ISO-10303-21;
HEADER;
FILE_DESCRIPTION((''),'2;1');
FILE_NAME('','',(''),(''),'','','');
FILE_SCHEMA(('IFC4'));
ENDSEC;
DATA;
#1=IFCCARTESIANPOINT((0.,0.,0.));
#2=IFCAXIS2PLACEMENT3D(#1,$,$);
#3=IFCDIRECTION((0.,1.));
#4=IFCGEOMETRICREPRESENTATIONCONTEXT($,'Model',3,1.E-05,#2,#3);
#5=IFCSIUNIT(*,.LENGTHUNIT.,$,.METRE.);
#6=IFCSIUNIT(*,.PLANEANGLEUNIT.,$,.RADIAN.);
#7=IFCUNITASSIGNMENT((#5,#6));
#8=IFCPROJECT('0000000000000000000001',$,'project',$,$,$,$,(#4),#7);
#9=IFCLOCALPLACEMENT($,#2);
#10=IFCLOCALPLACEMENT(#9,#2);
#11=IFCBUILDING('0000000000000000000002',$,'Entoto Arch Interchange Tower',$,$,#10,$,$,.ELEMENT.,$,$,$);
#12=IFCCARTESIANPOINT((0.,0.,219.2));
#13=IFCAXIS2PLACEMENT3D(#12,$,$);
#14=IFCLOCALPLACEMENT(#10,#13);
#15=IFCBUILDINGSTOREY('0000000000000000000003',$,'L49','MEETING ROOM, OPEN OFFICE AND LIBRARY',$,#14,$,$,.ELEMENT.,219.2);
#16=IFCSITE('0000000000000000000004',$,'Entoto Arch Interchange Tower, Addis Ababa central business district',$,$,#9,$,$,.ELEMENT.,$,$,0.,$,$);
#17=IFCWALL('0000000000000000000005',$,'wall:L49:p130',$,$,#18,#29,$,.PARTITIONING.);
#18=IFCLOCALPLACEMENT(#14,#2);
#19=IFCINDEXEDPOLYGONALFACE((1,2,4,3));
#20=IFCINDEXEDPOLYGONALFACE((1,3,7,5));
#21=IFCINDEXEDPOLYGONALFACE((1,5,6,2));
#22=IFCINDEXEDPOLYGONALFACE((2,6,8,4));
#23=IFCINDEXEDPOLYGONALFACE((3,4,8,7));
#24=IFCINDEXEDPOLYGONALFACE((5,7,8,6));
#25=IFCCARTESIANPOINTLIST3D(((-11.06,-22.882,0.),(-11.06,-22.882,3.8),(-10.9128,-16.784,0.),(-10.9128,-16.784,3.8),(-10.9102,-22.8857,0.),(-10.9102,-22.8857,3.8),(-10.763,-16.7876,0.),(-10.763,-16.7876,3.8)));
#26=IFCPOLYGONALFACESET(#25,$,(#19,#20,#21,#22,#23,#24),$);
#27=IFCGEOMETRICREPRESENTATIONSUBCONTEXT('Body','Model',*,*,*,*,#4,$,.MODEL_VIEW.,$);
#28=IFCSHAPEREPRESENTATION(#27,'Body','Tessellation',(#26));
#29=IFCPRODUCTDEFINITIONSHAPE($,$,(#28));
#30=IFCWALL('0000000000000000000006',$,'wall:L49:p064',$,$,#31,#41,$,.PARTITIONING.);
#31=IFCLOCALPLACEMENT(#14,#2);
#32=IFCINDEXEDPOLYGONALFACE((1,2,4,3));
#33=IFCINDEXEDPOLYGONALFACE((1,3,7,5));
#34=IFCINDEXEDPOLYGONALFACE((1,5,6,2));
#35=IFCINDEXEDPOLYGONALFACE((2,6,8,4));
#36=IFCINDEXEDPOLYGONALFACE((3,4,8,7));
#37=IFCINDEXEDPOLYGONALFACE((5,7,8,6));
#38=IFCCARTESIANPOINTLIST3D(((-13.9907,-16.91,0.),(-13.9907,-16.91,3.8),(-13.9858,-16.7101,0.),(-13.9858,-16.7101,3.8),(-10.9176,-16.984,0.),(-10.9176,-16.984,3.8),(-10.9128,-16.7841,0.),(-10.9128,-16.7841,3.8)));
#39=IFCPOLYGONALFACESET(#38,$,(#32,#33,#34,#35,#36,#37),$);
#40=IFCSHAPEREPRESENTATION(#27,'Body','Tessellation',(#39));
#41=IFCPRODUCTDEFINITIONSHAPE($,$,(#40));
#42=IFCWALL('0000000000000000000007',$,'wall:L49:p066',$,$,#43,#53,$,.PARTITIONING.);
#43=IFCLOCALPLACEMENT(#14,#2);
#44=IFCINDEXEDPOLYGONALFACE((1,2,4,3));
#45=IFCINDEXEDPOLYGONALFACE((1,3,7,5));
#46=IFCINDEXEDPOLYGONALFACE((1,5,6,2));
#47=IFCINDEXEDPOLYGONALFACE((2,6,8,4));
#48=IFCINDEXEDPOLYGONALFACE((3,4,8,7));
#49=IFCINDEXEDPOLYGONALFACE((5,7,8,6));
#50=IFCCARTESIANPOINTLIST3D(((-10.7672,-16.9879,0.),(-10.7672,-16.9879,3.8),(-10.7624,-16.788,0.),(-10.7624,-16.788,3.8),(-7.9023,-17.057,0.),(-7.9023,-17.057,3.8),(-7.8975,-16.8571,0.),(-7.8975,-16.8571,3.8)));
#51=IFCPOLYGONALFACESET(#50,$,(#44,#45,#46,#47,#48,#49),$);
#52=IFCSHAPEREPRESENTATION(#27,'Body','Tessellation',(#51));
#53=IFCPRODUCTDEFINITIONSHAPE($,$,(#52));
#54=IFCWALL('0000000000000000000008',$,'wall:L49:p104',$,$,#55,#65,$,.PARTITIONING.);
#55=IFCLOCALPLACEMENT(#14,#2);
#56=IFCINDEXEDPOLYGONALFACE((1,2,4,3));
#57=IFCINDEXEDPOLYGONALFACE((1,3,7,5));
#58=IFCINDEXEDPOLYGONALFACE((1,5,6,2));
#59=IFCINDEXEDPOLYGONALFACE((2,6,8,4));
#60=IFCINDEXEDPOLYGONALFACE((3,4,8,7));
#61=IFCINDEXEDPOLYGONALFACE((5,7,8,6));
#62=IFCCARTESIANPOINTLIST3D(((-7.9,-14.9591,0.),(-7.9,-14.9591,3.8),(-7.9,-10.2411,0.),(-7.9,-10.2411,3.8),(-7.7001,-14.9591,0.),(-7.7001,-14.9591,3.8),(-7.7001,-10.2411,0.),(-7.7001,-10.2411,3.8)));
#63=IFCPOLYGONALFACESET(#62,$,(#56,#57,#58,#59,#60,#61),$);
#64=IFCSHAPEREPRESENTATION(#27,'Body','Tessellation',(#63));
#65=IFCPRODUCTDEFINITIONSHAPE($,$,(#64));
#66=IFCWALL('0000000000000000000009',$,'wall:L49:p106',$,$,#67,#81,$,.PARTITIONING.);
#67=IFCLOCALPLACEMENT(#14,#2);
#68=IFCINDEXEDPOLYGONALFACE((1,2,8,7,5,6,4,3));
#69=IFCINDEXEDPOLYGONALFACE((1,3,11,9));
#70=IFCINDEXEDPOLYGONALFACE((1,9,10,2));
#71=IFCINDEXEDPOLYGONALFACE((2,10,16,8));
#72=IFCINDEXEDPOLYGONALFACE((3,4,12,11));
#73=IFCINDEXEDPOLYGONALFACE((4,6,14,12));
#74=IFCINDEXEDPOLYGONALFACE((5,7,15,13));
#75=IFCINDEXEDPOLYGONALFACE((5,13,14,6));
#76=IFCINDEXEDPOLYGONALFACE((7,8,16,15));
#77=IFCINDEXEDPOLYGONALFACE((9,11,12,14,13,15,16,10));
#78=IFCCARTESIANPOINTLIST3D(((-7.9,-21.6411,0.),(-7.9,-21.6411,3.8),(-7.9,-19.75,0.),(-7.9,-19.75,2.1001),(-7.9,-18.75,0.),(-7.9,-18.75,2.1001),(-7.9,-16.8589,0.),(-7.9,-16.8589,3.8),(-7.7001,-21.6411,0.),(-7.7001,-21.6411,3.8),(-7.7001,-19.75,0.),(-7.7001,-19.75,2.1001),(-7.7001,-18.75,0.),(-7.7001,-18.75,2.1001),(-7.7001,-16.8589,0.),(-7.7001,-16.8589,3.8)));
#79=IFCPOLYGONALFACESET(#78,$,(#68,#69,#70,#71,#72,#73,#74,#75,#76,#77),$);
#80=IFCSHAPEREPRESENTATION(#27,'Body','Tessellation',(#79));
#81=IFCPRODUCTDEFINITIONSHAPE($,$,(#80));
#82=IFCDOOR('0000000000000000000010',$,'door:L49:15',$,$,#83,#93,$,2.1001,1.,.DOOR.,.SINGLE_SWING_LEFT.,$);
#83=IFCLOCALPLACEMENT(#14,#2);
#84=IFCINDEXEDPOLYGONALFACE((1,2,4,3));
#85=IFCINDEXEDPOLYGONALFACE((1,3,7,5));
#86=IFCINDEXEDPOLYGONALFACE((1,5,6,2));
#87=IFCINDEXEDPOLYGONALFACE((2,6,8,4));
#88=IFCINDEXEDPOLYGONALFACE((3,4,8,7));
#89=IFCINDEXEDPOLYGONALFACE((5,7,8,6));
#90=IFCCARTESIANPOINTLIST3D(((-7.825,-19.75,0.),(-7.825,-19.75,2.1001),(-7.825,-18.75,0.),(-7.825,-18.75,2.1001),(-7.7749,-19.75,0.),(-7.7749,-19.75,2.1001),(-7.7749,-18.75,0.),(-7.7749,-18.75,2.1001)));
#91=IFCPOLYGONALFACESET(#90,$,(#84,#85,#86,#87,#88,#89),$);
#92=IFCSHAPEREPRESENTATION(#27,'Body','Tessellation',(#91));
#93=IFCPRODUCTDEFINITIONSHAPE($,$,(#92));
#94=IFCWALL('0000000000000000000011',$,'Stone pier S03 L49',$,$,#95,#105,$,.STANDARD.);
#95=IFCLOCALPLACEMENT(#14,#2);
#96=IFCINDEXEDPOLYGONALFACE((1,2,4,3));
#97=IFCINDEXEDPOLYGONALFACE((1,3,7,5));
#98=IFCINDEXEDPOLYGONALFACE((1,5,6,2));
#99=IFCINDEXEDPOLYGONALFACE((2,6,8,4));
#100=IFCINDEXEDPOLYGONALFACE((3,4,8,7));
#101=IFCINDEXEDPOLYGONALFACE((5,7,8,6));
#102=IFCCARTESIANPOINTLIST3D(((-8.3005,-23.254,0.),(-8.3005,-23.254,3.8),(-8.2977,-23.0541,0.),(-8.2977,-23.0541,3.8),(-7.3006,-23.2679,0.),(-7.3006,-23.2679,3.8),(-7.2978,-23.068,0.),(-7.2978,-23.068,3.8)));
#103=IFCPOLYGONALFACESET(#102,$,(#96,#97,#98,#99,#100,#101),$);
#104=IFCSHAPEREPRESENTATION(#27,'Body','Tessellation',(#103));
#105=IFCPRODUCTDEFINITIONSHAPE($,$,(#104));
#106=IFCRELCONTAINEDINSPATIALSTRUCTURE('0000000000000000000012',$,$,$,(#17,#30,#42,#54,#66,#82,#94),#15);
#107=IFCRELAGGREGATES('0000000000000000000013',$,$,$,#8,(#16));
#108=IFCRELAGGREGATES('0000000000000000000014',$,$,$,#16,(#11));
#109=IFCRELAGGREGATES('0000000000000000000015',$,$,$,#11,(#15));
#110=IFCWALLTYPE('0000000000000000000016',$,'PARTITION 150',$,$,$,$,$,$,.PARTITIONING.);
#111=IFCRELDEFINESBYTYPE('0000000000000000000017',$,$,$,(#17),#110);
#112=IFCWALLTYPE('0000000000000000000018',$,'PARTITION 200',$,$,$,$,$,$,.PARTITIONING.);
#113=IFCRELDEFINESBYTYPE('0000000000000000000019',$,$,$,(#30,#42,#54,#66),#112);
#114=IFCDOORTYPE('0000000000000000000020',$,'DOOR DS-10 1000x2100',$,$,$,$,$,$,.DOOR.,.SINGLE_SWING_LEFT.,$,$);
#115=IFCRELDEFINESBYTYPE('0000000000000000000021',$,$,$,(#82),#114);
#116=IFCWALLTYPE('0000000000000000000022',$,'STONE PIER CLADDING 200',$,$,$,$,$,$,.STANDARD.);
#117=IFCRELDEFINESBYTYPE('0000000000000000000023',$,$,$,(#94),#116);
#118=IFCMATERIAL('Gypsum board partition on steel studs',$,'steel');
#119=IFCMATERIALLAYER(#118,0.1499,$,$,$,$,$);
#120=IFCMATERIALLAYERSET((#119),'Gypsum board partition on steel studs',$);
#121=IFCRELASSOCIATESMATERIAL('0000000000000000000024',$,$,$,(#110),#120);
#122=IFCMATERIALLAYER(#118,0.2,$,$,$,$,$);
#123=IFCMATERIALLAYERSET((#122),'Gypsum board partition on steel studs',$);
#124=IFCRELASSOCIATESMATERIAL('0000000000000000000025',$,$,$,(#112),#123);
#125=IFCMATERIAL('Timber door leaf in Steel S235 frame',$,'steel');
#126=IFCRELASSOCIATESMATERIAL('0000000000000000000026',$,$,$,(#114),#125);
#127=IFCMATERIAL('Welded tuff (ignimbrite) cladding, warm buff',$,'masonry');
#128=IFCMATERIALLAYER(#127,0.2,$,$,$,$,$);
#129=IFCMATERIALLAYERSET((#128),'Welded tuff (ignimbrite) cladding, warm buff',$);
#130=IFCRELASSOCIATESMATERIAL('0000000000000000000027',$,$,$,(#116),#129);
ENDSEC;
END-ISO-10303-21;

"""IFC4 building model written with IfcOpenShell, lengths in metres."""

from ifc_helpers import new_model, si_unit, direction, frame, frame_2d, origin, place, context, subcontext, project, spatial, rectangle, extrude, material, layer, layer_set, type_object, element, fill, save


model = new_model("IFC4")

# Units and contexts
model_context = context("Model", 3, precision=1e-05, world=origin(), true_north=direction((0.0, 1.0)))
body_context = subcontext(model_context, "Body", "Model", "MODEL_VIEW")
ifc_project = project(units=[si_unit("LENGTHUNIT", "METRE"), si_unit("PLANEANGLEUNIT", "RADIAN")], contexts=[model_context])

# Site, building, storey
site_placement = place(None, origin())
site = spatial("IfcSite", under=ifc_project, at=site_placement, Name="Entoto Arch Interchange Tower, Addis Ababa central business district", CompositionType="ELEMENT", RefElevation=0.0)
building_placement = place(site_placement, origin())
building = spatial("IfcBuilding", under=site, at=building_placement, Name="Entoto Arch Interchange Tower", CompositionType="ELEMENT")
storey_placement = place(building_placement, frame((0.0, 0.0, 219.2)))
storey = spatial("IfcBuildingStorey", under=building, at=storey_placement, Name="L49", Description="MEETING ROOM, OPEN OFFICE AND LIBRARY", CompositionType="ELEMENT", Elevation=219.2)

# Walls
ifc_material_1 = material(Name="Gypsum board partition on steel studs", Category="steel")
ifc_layer_1 = layer(ifc_material_1, 0.1499)
ifc_layer_set_1 = layer_set([ifc_layer_1], Name="Gypsum board partition on steel studs")
wall_type_1 = type_object("IfcWallType", Name="PARTITION 150", PredefinedType="PARTITIONING", material=ifc_layer_set_1)
wall_1_placement = place(storey_placement, frame((-10.8379, -16.7859, 0.0), z_axis=(0.0, 0.0, 1.0), x_axis=(-0.024134, -0.999709, 0.0)))
element("IfcWall", 1, at=wall_1_placement, inside=storey, type_object=wall_type_1, Name="wall:L49:p130", PredefinedType="PARTITIONING", context=body_context, shape_type="SweptSolid", body=[
    extrude(rectangle(XDim=6.0999, YDim=0.1499, at=frame_2d((3.0498, 0.0))), origin(), (0.0, 0.0, 1.0), 3.8),
])
ifc_layer_2 = layer(ifc_material_1, 0.2)
ifc_layer_set_2 = layer_set([ifc_layer_2], Name="Gypsum board partition on steel studs")
wall_type_2 = type_object("IfcWallType", Name="PARTITION 200", PredefinedType="PARTITIONING", material=ifc_layer_set_2)
wall_2_placement = place(storey_placement, frame((-10.915, -16.884, 0.0), z_axis=(0.0, 0.0, 1.0), x_axis=(-0.99971, 0.024065, 0.0)))
element("IfcWall", 2, at=wall_2_placement, inside=storey, type_object=wall_type_2, Name="wall:L49:p064", PredefinedType="PARTITIONING", context=body_context, shape_type="SweptSolid", body=[
    extrude(rectangle(XDim=3.074, YDim=0.2, at=frame_2d((1.5371, 0.0))), origin(), (0.0, 0.0, 1.0), 3.8),
])
wall_3_placement = place(storey_placement, frame((-7.8999, -16.957, 0.0), z_axis=(0.0, 0.0, 1.0), x_axis=(-0.999709, 0.024109, 0.0)))
element("IfcWall", 3, at=wall_3_placement, inside=storey, type_object=wall_type_2, Name="wall:L49:p066", PredefinedType="PARTITIONING", context=body_context, shape_type="SweptSolid", body=[
    extrude(rectangle(XDim=2.8657, YDim=0.2, at=frame_2d((1.4329, 0.0))), origin(), (0.0, 0.0, 1.0), 3.8),
])
wall_4_placement = place(storey_placement, frame((-7.8, -14.959, 0.0), z_axis=(0.0, 0.0, 1.0), x_axis=(0.0, 1.0, 0.0)))
element("IfcWall", 4, at=wall_4_placement, inside=storey, type_object=wall_type_2, Name="wall:L49:p104", PredefinedType="PARTITIONING", context=body_context, shape_type="SweptSolid", body=[
    extrude(rectangle(XDim=4.718, YDim=0.2, at=frame_2d((2.3589, 0.0))), origin(), (0.0, 0.0, 1.0), 3.8),
])

# Wall, opening, door
wall_5_placement = place(storey_placement, frame((-7.8, -21.6411, 0.0), z_axis=(0.0, 0.0, 1.0), x_axis=(0.0, 1.0, 0.0)))
wall_5 = element("IfcWall", 5, at=wall_5_placement, inside=storey, type_object=wall_type_2, Name="wall:L49:p106", PredefinedType="PARTITIONING", context=body_context, shape_type="SweptSolid", body=[
    extrude(rectangle(XDim=4.7822, YDim=0.2, at=frame_2d((2.3911, 0.0))), origin(), (0.0, 0.0, 1.0), 3.8),
])
opening_placement = place(wall_5_placement, frame((1.8911, 0.0, 0.0)))
opening = element("IfcOpeningElement", 6, at=opening_placement, cuts=wall_5, PredefinedType="OPENING", context=body_context, shape_type="SweptSolid", body=[
    extrude(rectangle(XDim=1.0, YDim=2.1001, at=frame_2d((0.5, 1.05))), frame((0.0, 0.1099, 0.0), z_axis=(0.0, -1.0, 0.0), x_axis=(1.0, 0.0, 0.0)), (0.0, 0.0, 1.0), 0.22),
])
ifc_material_2 = material(Name="Timber door leaf in Steel S235 frame", Category="steel")
door_type = type_object("IfcDoorType", Name="DOOR DS-10 1000x2100", OperationType="SINGLE_SWING_LEFT", PredefinedType="DOOR", material=ifc_material_2)
door_placement = place(opening_placement, origin())
door = element("IfcDoor", 7, at=door_placement, inside=storey, type_object=door_type, Name="door:L49:15", OperationType="SINGLE_SWING_LEFT", OverallHeight=2.1001, OverallWidth=1.0, PredefinedType="DOOR", context=body_context, shape_type="SweptSolid", body=[
    extrude(rectangle(XDim=1.0, YDim=2.1001, at=frame_2d((0.5, 1.05))), frame((0.0, 0.0249, 0.0), z_axis=(0.0, -1.0, 0.0), x_axis=(1.0, 0.0, 0.0)), (0.0, 0.0, 1.0), 0.05),
])
fill(opening, door)

# Wall
ifc_material_3 = material(Name="Welded tuff (ignimbrite) cladding, warm buff", Category="masonry")
ifc_layer_3 = layer(ifc_material_3, 0.2)
ifc_layer_set_3 = layer_set([ifc_layer_3], Name="Welded tuff (ignimbrite) cladding, warm buff")
wall_type_3 = type_object("IfcWallType", Name="STONE PIER CLADDING 200", PredefinedType="STANDARD", material=ifc_layer_set_3)
wall_6_placement = place(storey_placement, frame((-8.2991, -23.1541, 0.0), z_axis=(0.0, 0.0, 1.0), x_axis=(0.999903, -0.013915, 0.0)))
element("IfcWall", 8, at=wall_6_placement, inside=storey, type_object=wall_type_3, Name="Stone pier S03 L49", PredefinedType="STANDARD", context=body_context, shape_type="SweptSolid", body=[
    extrude(rectangle(XDim=1.0, YDim=0.2, at=frame_2d((0.5, 0.0))), origin(), (0.0, 0.0, 1.0), 3.8),
])

save(model, "model.ifc")
